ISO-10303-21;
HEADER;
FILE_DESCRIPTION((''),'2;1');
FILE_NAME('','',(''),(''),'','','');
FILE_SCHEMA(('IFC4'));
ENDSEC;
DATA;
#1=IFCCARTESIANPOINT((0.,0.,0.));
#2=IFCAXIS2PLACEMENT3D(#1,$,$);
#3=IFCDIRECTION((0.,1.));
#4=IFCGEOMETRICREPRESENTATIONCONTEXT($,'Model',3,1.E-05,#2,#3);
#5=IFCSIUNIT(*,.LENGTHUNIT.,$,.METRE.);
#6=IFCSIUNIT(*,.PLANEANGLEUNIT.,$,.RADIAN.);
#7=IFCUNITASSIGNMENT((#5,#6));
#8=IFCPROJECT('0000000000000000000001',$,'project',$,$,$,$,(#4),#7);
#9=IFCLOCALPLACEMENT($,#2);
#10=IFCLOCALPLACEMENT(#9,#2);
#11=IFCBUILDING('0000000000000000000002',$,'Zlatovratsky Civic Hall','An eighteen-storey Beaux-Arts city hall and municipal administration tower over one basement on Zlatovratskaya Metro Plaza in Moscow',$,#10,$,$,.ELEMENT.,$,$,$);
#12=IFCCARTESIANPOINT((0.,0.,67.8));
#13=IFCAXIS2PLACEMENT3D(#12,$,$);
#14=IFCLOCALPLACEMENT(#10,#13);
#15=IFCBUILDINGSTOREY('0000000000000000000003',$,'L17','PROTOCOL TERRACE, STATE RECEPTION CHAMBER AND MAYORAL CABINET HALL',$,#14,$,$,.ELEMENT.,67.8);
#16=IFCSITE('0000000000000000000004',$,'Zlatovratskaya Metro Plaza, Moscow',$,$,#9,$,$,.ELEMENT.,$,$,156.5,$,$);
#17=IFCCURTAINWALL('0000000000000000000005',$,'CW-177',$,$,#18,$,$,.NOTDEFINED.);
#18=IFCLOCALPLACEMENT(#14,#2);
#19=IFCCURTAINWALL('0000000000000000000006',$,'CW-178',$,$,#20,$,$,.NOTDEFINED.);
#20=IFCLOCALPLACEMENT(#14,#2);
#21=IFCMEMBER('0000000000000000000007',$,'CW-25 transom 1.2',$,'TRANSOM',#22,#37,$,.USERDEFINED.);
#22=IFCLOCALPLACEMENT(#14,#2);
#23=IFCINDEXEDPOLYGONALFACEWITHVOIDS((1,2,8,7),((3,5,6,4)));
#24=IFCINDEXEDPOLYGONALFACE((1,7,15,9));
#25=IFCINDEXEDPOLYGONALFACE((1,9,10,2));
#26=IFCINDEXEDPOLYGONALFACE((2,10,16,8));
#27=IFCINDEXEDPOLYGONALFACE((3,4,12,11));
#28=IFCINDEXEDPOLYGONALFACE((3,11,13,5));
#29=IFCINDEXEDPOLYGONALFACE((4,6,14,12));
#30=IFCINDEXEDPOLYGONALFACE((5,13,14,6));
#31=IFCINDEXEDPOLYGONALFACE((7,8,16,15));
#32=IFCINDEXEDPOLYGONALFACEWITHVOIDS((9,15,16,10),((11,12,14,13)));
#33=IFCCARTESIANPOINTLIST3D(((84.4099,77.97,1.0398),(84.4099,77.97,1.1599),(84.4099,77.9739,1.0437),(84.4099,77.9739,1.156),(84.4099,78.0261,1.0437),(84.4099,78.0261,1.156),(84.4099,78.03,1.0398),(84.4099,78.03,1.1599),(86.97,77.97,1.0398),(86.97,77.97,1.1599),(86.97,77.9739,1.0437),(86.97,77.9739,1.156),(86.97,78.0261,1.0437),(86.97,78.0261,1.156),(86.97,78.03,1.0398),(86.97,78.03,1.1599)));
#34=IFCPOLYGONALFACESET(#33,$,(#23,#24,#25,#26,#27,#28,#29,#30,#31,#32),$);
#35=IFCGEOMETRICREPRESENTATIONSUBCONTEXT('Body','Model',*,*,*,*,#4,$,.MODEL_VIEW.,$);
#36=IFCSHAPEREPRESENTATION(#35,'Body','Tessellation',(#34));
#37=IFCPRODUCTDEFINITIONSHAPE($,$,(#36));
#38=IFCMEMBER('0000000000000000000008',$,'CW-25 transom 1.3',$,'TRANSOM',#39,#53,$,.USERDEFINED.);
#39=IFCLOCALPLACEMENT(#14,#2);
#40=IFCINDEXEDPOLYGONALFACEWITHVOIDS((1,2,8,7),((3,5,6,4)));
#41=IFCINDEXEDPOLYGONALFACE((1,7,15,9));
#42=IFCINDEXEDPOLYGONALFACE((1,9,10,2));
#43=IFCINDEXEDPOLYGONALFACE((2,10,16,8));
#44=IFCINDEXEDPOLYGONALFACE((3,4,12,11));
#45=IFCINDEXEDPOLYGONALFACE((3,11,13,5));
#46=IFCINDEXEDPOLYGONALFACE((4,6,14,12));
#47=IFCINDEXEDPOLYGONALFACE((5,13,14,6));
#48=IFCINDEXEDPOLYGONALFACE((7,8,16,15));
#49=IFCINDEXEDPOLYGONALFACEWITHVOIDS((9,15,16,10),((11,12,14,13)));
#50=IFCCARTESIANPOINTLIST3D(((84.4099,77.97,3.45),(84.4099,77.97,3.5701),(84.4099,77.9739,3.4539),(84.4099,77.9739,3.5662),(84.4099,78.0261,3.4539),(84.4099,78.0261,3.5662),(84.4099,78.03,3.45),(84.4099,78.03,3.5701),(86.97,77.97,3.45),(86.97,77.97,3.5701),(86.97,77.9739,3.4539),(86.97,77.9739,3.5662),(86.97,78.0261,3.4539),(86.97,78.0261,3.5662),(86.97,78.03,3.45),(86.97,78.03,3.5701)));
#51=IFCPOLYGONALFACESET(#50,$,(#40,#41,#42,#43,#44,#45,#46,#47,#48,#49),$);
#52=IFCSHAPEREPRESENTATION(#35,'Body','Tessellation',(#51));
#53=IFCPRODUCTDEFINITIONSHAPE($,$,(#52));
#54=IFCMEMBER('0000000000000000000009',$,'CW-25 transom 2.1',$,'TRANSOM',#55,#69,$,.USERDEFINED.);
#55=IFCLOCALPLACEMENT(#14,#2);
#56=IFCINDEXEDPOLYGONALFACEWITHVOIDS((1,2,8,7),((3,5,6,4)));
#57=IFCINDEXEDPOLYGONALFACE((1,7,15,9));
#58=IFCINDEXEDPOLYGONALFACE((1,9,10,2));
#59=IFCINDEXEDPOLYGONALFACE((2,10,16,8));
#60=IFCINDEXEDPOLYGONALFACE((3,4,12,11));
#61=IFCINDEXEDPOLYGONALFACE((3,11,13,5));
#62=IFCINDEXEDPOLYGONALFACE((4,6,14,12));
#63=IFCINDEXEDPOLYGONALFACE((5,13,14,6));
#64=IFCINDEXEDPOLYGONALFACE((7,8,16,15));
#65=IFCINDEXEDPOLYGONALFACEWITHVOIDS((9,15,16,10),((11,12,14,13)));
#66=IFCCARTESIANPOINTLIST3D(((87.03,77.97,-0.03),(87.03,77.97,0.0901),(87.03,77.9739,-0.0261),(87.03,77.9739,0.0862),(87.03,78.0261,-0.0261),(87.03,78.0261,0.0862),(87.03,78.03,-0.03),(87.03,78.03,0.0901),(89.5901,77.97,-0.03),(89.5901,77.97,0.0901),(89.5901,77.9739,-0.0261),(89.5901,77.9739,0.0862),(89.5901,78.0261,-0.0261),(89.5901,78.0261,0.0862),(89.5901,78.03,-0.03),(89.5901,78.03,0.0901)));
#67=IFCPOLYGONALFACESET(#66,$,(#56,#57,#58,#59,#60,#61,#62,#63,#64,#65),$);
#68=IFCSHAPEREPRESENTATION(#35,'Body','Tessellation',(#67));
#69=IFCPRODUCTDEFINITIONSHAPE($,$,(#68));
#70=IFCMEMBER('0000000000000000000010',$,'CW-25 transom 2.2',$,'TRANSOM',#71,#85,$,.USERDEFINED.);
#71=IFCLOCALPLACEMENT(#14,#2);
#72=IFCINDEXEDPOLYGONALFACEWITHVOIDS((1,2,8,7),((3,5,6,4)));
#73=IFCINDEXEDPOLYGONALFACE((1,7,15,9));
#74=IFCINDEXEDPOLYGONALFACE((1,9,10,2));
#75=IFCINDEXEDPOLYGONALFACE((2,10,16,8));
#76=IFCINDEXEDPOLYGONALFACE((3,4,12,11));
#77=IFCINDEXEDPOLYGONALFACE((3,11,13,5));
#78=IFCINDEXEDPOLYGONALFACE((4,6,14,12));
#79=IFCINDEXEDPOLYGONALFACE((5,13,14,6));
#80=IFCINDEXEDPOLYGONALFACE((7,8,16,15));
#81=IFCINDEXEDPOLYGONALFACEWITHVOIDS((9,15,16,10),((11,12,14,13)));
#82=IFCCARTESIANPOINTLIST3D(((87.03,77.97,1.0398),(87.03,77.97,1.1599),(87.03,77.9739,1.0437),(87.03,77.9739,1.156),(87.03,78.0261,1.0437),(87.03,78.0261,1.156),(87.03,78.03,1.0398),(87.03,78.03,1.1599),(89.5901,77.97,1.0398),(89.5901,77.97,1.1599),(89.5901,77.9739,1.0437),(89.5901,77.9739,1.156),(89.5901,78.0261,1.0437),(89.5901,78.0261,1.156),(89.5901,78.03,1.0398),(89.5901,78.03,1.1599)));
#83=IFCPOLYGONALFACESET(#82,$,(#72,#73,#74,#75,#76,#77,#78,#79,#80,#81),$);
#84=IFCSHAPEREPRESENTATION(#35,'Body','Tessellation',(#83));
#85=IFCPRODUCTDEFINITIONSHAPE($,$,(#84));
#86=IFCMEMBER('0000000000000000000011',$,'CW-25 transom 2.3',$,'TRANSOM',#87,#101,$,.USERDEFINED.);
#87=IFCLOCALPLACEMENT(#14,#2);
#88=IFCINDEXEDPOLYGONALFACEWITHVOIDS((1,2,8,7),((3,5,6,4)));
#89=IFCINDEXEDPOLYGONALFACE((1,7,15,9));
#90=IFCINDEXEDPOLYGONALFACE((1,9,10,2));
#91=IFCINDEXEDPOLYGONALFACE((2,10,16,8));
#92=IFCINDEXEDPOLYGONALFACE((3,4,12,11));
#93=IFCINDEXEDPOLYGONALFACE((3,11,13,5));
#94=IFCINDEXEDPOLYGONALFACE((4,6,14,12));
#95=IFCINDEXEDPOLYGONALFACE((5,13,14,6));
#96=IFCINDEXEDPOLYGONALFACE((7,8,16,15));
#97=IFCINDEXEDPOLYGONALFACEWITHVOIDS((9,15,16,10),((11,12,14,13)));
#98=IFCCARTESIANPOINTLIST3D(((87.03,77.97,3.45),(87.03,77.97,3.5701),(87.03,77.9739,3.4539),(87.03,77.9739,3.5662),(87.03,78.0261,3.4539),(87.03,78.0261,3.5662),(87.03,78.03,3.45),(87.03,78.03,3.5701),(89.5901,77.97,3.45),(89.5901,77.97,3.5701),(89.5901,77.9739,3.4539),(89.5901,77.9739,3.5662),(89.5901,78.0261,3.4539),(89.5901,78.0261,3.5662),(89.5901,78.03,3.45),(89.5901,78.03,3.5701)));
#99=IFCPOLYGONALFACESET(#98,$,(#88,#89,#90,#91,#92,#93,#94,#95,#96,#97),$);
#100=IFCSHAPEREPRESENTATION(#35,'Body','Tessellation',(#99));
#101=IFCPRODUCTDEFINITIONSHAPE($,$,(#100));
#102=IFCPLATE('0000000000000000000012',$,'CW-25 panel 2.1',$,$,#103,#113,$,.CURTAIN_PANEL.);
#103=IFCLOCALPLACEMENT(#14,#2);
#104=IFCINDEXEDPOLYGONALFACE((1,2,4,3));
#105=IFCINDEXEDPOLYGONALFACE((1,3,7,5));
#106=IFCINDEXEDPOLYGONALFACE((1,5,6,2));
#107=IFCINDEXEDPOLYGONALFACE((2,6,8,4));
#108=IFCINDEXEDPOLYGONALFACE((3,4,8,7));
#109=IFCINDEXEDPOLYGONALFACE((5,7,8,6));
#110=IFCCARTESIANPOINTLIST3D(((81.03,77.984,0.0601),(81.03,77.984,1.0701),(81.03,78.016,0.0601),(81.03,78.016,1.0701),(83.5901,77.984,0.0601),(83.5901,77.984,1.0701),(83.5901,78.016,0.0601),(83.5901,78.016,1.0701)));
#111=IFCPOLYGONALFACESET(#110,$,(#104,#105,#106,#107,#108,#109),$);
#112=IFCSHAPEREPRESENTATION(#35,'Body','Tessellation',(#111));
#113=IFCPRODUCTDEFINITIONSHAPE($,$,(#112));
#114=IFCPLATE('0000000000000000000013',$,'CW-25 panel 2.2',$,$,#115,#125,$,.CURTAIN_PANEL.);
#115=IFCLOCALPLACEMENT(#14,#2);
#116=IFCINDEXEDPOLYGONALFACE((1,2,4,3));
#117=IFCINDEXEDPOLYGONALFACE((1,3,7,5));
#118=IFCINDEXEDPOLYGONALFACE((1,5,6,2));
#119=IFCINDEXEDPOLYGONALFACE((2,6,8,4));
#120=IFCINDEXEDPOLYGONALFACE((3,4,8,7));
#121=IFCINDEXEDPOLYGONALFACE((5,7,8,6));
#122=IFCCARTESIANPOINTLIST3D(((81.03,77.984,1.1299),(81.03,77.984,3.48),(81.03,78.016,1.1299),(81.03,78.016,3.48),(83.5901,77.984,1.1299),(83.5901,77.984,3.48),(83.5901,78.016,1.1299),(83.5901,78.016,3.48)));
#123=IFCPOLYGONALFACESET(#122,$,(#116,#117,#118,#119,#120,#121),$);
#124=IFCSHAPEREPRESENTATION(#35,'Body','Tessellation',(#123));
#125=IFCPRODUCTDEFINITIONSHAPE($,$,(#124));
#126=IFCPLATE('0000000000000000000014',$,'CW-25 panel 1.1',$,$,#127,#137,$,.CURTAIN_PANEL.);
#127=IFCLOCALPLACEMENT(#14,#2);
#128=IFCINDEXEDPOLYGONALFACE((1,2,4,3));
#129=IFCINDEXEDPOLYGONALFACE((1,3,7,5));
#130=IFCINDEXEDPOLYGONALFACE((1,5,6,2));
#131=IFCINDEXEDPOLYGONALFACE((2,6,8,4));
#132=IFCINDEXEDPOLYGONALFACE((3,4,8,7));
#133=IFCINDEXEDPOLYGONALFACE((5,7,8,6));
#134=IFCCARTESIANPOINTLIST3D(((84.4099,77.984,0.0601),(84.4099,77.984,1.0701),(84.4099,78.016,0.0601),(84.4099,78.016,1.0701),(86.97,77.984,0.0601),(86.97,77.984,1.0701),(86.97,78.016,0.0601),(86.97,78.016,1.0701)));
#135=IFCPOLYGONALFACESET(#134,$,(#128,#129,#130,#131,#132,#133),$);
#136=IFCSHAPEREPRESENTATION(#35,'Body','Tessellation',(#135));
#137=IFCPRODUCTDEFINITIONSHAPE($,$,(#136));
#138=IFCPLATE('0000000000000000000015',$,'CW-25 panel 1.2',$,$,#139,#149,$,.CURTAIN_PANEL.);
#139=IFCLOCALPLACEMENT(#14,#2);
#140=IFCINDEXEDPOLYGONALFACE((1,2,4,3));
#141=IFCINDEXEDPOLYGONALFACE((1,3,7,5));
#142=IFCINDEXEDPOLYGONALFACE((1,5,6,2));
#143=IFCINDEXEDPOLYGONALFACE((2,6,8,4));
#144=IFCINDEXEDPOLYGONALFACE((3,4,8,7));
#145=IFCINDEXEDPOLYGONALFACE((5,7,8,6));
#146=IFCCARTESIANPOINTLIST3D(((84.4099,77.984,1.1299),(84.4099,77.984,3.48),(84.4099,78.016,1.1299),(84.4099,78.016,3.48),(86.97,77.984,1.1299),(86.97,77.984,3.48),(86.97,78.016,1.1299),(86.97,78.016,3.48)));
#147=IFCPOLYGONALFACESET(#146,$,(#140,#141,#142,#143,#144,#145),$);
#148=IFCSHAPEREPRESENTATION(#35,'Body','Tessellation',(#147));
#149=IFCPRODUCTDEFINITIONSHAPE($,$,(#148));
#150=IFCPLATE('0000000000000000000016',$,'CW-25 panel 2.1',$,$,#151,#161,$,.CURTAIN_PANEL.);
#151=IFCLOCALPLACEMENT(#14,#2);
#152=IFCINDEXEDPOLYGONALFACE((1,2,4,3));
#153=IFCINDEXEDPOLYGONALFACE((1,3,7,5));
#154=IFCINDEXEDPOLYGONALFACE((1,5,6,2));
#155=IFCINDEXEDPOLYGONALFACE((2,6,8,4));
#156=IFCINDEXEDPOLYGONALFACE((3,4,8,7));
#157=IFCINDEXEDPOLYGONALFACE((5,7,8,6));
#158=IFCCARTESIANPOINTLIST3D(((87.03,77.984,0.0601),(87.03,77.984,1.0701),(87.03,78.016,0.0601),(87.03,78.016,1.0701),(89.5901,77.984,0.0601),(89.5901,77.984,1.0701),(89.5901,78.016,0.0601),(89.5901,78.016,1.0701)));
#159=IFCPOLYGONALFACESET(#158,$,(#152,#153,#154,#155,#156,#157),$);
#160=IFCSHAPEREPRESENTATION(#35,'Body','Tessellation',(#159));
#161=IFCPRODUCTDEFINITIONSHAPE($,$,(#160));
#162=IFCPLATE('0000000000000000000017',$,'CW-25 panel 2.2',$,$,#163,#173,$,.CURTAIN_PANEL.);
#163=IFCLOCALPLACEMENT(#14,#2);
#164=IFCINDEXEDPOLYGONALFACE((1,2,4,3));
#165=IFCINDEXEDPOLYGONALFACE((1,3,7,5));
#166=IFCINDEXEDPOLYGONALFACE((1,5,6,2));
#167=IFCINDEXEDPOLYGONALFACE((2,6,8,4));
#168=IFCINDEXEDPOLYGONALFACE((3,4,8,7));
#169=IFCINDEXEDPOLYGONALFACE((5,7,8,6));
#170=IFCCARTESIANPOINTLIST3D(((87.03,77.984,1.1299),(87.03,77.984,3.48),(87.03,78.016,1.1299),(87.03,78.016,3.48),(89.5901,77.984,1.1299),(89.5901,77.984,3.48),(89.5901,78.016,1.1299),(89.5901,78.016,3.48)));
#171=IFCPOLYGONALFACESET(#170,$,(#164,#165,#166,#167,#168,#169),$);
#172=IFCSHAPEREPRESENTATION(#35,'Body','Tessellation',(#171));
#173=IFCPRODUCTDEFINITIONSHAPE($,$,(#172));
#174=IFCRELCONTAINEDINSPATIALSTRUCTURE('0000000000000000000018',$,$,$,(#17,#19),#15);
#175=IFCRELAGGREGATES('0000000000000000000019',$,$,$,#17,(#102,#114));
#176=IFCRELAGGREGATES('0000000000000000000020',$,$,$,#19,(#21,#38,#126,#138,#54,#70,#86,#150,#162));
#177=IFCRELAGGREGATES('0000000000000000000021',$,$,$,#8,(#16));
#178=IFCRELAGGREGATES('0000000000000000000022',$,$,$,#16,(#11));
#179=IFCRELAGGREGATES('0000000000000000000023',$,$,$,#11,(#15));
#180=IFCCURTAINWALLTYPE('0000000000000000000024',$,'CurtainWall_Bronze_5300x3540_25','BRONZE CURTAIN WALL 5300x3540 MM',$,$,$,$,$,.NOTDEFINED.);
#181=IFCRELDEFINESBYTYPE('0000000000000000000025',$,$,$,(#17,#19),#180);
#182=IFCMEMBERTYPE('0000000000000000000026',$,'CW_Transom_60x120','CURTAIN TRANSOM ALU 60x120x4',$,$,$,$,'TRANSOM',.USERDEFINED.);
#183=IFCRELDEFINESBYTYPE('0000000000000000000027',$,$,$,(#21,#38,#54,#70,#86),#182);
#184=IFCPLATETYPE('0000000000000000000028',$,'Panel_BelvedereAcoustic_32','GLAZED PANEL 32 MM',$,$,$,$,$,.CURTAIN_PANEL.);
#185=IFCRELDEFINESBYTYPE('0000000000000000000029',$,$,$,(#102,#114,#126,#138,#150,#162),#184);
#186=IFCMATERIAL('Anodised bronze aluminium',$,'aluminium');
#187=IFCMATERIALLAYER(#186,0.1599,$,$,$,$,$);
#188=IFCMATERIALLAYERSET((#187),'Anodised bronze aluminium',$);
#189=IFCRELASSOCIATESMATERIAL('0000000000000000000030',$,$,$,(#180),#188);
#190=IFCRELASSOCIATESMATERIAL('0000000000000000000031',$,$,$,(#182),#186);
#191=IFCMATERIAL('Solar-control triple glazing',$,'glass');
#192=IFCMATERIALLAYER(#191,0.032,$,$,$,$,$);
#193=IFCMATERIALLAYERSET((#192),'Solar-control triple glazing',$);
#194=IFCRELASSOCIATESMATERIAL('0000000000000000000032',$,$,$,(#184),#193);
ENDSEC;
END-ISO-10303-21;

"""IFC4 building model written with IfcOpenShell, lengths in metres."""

from ifc_helpers import new_model, si_unit, direction, frame, origin, origin_2d, place, context, subcontext, project, spatial, rectangle, hollow_rectangle, extrude, material, layer, layer_set, material_profile, profile_set, type_object, element, aggregate, save


model = new_model("IFC4")

# Units and contexts
model_context = context("Model", 3, precision=1e-05, world=origin(), true_north=direction((0.0, 1.0)))
body_context = subcontext(model_context, "Body", "Model", "MODEL_VIEW")
ifc_project = project(units=[si_unit("LENGTHUNIT", "METRE"), si_unit("PLANEANGLEUNIT", "RADIAN")], contexts=[model_context])

# Site, building, storey
site_placement = place(None, origin())
site = spatial("IfcSite", under=ifc_project, at=site_placement, Name="Zlatovratskaya Metro Plaza, Moscow", CompositionType="ELEMENT", RefElevation=156.5)
building_placement = place(site_placement, origin())
building = spatial("IfcBuilding", under=site, at=building_placement, Name="Zlatovratsky Civic Hall", Description="An eighteen-storey Beaux-Arts city hall and municipal administration tower over one basement on Zlatovratskaya Metro Plaza in Moscow", CompositionType="ELEMENT")
storey_placement = place(building_placement, frame((0.0, 0.0, 67.8)))
storey = spatial("IfcBuildingStorey", under=building, at=storey_placement, Name="L17", Description="PROTOCOL TERRACE, STATE RECEPTION CHAMBER AND MAYORAL CABINET HALL", CompositionType="ELEMENT", Elevation=67.8)

# Curtain wall
ifc_material_1 = material(Name="Anodised bronze aluminium", Category="aluminium")
ifc_layer_1 = layer(ifc_material_1, 0.1599)
ifc_layer_set_1 = layer_set([ifc_layer_1], Name="Anodised bronze aluminium")
curtain_wall_type = type_object("IfcCurtainWallType", Name="CurtainWall_Bronze_5300x3540_25", Description="BRONZE CURTAIN WALL 5300x3540 MM", PredefinedType="NOTDEFINED", material=ifc_layer_set_1)
curtain_wall_1_placement = place(storey_placement, origin())
curtain_wall_1 = element("IfcCurtainWall", 1, at=curtain_wall_1_placement, inside=storey, type_object=curtain_wall_type, Name="CW-177", PredefinedType="NOTDEFINED")

# Curtain wall, members
curtain_wall_2_placement = place(storey_placement, origin())
curtain_wall_2 = element("IfcCurtainWall", 2, at=curtain_wall_2_placement, inside=storey, type_object=curtain_wall_type, Name="CW-178", PredefinedType="NOTDEFINED")
ifc_material_profile_1 = material_profile(ifc_material_1, hollow_rectangle(XDim=0.0601, YDim=0.1201, WallThickness=0.0039, at=origin_2d()), Name="ALU 60x120x4")
ifc_profile_set_1 = profile_set([ifc_material_profile_1], Name="Anodised bronze aluminium")
member_type_1 = type_object("IfcMemberType", Name="CW_Transom_60x120", Description="CURTAIN TRANSOM ALU 60x120x4", ElementType="TRANSOM", PredefinedType="USERDEFINED", material=ifc_profile_set_1)
member_1_placement = place(storey_placement, frame((84.4099, 78.0, 1.0999), z_axis=(1.0, 0.0, 0.0), x_axis=(0.0, 1.0, 0.0)))
member_1 = element("IfcMember", 3, at=member_1_placement, type_object=member_type_1, Name="CW-25 transom 1.2", ObjectType="TRANSOM", PredefinedType="USERDEFINED", context=body_context, shape_type="SweptSolid", body=[
    extrude(hollow_rectangle(XDim=0.0601, YDim=0.1201, WallThickness=0.0039, at=origin_2d()), origin(), (0.0, 0.0, 1.0), 2.5601),
])
member_2_placement = place(storey_placement, frame((84.4099, 78.0, 3.51), z_axis=(1.0, 0.0, 0.0), x_axis=(0.0, 1.0, 0.0)))
member_2 = element("IfcMember", 4, at=member_2_placement, type_object=member_type_1, Name="CW-25 transom 1.3", ObjectType="TRANSOM", PredefinedType="USERDEFINED", context=body_context, shape_type="SweptSolid", body=[
    extrude(hollow_rectangle(XDim=0.0601, YDim=0.1201, WallThickness=0.0039, at=origin_2d()), origin(), (0.0, 0.0, 1.0), 2.5601),
])
member_3_placement = place(storey_placement, frame((87.03, 78.0, 0.03), z_axis=(1.0, 0.0, 0.0), x_axis=(0.0, 1.0, 0.0)))
member_3 = element("IfcMember", 5, at=member_3_placement, type_object=member_type_1, Name="CW-25 transom 2.1", ObjectType="TRANSOM", PredefinedType="USERDEFINED", context=body_context, shape_type="SweptSolid", body=[
    extrude(hollow_rectangle(XDim=0.0601, YDim=0.1201, WallThickness=0.0039, at=origin_2d()), origin(), (0.0, 0.0, 1.0), 2.5601),
])
member_4_placement = place(storey_placement, frame((87.03, 78.0, 1.0999), z_axis=(1.0, 0.0, 0.0), x_axis=(0.0, 1.0, 0.0)))
member_4 = element("IfcMember", 6, at=member_4_placement, type_object=member_type_1, Name="CW-25 transom 2.2", ObjectType="TRANSOM", PredefinedType="USERDEFINED", context=body_context, shape_type="SweptSolid", body=[
    extrude(hollow_rectangle(XDim=0.0601, YDim=0.1201, WallThickness=0.0039, at=origin_2d()), origin(), (0.0, 0.0, 1.0), 2.5601),
])
member_5_placement = place(storey_placement, frame((87.03, 78.0, 3.51), z_axis=(1.0, 0.0, 0.0), x_axis=(0.0, 1.0, 0.0)))
member_5 = element("IfcMember", 7, at=member_5_placement, type_object=member_type_1, Name="CW-25 transom 2.3", ObjectType="TRANSOM", PredefinedType="USERDEFINED", context=body_context, shape_type="SweptSolid", body=[
    extrude(hollow_rectangle(XDim=0.0601, YDim=0.1201, WallThickness=0.0039, at=origin_2d()), origin(), (0.0, 0.0, 1.0), 2.5601),
])

# Plates
ifc_material_2 = material(Name="Solar-control triple glazing", Category="glass")
ifc_layer_2 = layer(ifc_material_2, 0.032)
ifc_layer_set_2 = layer_set([ifc_layer_2], Name="Solar-control triple glazing")
plate_type = type_object("IfcPlateType", Name="Panel_BelvedereAcoustic_32", Description="GLAZED PANEL 32 MM", PredefinedType="CURTAIN_PANEL", material=ifc_layer_set_2)
plate_1_placement = place(storey_placement, frame((82.3101, 78.0, 0.0601), z_axis=(0.0, 0.0, 1.0), x_axis=(1.0, 0.0, 0.0)))
plate_1 = element("IfcPlate", 8, at=plate_1_placement, type_object=plate_type, Name="CW-25 panel 2.1", PredefinedType="CURTAIN_PANEL", context=body_context, shape_type="SweptSolid", body=[
    extrude(rectangle(XDim=2.5601, YDim=0.032, at=origin_2d()), origin(), (0.0, 0.0, 1.0), 1.01),
])
plate_2_placement = place(storey_placement, frame((82.3101, 78.0, 1.1299), z_axis=(0.0, 0.0, 1.0), x_axis=(1.0, 0.0, 0.0)))
plate_2 = element("IfcPlate", 9, at=plate_2_placement, type_object=plate_type, Name="CW-25 panel 2.2", PredefinedType="CURTAIN_PANEL", context=body_context, shape_type="SweptSolid", body=[
    extrude(rectangle(XDim=2.5601, YDim=0.032, at=origin_2d()), origin(), (0.0, 0.0, 1.0), 2.3501),
])
aggregate(curtain_wall_1, [plate_1, plate_2])
plate_3_placement = place(storey_placement, frame((85.6899, 78.0, 0.0601), z_axis=(0.0, 0.0, 1.0), x_axis=(1.0, 0.0, 0.0)))
plate_3 = element("IfcPlate", 10, at=plate_3_placement, type_object=plate_type, Name="CW-25 panel 1.1", PredefinedType="CURTAIN_PANEL", context=body_context, shape_type="SweptSolid", body=[
    extrude(rectangle(XDim=2.5601, YDim=0.032, at=origin_2d()), origin(), (0.0, 0.0, 1.0), 1.01),
])
plate_4_placement = place(storey_placement, frame((85.6899, 78.0, 1.1299), z_axis=(0.0, 0.0, 1.0), x_axis=(1.0, 0.0, 0.0)))
plate_4 = element("IfcPlate", 11, at=plate_4_placement, type_object=plate_type, Name="CW-25 panel 1.2", PredefinedType="CURTAIN_PANEL", context=body_context, shape_type="SweptSolid", body=[
    extrude(rectangle(XDim=2.5601, YDim=0.032, at=origin_2d()), origin(), (0.0, 0.0, 1.0), 2.3501),
])
plate_5_placement = place(storey_placement, frame((88.3101, 78.0, 0.0601), z_axis=(0.0, 0.0, 1.0), x_axis=(1.0, 0.0, 0.0)))
plate_5 = element("IfcPlate", 12, at=plate_5_placement, type_object=plate_type, Name="CW-25 panel 2.1", PredefinedType="CURTAIN_PANEL", context=body_context, shape_type="SweptSolid", body=[
    extrude(rectangle(XDim=2.5601, YDim=0.032, at=origin_2d()), origin(), (0.0, 0.0, 1.0), 1.01),
])
plate_6_placement = place(storey_placement, frame((88.3101, 78.0, 1.1299), z_axis=(0.0, 0.0, 1.0), x_axis=(1.0, 0.0, 0.0)))
plate_6 = element("IfcPlate", 13, at=plate_6_placement, type_object=plate_type, Name="CW-25 panel 2.2", PredefinedType="CURTAIN_PANEL", context=body_context, shape_type="SweptSolid", body=[
    extrude(rectangle(XDim=2.5601, YDim=0.032, at=origin_2d()), origin(), (0.0, 0.0, 1.0), 2.3501),
])
aggregate(curtain_wall_2, [member_1, member_2, plate_3, plate_4, member_3, member_4, member_5, plate_5, plate_6])

save(model, "model.ifc")
